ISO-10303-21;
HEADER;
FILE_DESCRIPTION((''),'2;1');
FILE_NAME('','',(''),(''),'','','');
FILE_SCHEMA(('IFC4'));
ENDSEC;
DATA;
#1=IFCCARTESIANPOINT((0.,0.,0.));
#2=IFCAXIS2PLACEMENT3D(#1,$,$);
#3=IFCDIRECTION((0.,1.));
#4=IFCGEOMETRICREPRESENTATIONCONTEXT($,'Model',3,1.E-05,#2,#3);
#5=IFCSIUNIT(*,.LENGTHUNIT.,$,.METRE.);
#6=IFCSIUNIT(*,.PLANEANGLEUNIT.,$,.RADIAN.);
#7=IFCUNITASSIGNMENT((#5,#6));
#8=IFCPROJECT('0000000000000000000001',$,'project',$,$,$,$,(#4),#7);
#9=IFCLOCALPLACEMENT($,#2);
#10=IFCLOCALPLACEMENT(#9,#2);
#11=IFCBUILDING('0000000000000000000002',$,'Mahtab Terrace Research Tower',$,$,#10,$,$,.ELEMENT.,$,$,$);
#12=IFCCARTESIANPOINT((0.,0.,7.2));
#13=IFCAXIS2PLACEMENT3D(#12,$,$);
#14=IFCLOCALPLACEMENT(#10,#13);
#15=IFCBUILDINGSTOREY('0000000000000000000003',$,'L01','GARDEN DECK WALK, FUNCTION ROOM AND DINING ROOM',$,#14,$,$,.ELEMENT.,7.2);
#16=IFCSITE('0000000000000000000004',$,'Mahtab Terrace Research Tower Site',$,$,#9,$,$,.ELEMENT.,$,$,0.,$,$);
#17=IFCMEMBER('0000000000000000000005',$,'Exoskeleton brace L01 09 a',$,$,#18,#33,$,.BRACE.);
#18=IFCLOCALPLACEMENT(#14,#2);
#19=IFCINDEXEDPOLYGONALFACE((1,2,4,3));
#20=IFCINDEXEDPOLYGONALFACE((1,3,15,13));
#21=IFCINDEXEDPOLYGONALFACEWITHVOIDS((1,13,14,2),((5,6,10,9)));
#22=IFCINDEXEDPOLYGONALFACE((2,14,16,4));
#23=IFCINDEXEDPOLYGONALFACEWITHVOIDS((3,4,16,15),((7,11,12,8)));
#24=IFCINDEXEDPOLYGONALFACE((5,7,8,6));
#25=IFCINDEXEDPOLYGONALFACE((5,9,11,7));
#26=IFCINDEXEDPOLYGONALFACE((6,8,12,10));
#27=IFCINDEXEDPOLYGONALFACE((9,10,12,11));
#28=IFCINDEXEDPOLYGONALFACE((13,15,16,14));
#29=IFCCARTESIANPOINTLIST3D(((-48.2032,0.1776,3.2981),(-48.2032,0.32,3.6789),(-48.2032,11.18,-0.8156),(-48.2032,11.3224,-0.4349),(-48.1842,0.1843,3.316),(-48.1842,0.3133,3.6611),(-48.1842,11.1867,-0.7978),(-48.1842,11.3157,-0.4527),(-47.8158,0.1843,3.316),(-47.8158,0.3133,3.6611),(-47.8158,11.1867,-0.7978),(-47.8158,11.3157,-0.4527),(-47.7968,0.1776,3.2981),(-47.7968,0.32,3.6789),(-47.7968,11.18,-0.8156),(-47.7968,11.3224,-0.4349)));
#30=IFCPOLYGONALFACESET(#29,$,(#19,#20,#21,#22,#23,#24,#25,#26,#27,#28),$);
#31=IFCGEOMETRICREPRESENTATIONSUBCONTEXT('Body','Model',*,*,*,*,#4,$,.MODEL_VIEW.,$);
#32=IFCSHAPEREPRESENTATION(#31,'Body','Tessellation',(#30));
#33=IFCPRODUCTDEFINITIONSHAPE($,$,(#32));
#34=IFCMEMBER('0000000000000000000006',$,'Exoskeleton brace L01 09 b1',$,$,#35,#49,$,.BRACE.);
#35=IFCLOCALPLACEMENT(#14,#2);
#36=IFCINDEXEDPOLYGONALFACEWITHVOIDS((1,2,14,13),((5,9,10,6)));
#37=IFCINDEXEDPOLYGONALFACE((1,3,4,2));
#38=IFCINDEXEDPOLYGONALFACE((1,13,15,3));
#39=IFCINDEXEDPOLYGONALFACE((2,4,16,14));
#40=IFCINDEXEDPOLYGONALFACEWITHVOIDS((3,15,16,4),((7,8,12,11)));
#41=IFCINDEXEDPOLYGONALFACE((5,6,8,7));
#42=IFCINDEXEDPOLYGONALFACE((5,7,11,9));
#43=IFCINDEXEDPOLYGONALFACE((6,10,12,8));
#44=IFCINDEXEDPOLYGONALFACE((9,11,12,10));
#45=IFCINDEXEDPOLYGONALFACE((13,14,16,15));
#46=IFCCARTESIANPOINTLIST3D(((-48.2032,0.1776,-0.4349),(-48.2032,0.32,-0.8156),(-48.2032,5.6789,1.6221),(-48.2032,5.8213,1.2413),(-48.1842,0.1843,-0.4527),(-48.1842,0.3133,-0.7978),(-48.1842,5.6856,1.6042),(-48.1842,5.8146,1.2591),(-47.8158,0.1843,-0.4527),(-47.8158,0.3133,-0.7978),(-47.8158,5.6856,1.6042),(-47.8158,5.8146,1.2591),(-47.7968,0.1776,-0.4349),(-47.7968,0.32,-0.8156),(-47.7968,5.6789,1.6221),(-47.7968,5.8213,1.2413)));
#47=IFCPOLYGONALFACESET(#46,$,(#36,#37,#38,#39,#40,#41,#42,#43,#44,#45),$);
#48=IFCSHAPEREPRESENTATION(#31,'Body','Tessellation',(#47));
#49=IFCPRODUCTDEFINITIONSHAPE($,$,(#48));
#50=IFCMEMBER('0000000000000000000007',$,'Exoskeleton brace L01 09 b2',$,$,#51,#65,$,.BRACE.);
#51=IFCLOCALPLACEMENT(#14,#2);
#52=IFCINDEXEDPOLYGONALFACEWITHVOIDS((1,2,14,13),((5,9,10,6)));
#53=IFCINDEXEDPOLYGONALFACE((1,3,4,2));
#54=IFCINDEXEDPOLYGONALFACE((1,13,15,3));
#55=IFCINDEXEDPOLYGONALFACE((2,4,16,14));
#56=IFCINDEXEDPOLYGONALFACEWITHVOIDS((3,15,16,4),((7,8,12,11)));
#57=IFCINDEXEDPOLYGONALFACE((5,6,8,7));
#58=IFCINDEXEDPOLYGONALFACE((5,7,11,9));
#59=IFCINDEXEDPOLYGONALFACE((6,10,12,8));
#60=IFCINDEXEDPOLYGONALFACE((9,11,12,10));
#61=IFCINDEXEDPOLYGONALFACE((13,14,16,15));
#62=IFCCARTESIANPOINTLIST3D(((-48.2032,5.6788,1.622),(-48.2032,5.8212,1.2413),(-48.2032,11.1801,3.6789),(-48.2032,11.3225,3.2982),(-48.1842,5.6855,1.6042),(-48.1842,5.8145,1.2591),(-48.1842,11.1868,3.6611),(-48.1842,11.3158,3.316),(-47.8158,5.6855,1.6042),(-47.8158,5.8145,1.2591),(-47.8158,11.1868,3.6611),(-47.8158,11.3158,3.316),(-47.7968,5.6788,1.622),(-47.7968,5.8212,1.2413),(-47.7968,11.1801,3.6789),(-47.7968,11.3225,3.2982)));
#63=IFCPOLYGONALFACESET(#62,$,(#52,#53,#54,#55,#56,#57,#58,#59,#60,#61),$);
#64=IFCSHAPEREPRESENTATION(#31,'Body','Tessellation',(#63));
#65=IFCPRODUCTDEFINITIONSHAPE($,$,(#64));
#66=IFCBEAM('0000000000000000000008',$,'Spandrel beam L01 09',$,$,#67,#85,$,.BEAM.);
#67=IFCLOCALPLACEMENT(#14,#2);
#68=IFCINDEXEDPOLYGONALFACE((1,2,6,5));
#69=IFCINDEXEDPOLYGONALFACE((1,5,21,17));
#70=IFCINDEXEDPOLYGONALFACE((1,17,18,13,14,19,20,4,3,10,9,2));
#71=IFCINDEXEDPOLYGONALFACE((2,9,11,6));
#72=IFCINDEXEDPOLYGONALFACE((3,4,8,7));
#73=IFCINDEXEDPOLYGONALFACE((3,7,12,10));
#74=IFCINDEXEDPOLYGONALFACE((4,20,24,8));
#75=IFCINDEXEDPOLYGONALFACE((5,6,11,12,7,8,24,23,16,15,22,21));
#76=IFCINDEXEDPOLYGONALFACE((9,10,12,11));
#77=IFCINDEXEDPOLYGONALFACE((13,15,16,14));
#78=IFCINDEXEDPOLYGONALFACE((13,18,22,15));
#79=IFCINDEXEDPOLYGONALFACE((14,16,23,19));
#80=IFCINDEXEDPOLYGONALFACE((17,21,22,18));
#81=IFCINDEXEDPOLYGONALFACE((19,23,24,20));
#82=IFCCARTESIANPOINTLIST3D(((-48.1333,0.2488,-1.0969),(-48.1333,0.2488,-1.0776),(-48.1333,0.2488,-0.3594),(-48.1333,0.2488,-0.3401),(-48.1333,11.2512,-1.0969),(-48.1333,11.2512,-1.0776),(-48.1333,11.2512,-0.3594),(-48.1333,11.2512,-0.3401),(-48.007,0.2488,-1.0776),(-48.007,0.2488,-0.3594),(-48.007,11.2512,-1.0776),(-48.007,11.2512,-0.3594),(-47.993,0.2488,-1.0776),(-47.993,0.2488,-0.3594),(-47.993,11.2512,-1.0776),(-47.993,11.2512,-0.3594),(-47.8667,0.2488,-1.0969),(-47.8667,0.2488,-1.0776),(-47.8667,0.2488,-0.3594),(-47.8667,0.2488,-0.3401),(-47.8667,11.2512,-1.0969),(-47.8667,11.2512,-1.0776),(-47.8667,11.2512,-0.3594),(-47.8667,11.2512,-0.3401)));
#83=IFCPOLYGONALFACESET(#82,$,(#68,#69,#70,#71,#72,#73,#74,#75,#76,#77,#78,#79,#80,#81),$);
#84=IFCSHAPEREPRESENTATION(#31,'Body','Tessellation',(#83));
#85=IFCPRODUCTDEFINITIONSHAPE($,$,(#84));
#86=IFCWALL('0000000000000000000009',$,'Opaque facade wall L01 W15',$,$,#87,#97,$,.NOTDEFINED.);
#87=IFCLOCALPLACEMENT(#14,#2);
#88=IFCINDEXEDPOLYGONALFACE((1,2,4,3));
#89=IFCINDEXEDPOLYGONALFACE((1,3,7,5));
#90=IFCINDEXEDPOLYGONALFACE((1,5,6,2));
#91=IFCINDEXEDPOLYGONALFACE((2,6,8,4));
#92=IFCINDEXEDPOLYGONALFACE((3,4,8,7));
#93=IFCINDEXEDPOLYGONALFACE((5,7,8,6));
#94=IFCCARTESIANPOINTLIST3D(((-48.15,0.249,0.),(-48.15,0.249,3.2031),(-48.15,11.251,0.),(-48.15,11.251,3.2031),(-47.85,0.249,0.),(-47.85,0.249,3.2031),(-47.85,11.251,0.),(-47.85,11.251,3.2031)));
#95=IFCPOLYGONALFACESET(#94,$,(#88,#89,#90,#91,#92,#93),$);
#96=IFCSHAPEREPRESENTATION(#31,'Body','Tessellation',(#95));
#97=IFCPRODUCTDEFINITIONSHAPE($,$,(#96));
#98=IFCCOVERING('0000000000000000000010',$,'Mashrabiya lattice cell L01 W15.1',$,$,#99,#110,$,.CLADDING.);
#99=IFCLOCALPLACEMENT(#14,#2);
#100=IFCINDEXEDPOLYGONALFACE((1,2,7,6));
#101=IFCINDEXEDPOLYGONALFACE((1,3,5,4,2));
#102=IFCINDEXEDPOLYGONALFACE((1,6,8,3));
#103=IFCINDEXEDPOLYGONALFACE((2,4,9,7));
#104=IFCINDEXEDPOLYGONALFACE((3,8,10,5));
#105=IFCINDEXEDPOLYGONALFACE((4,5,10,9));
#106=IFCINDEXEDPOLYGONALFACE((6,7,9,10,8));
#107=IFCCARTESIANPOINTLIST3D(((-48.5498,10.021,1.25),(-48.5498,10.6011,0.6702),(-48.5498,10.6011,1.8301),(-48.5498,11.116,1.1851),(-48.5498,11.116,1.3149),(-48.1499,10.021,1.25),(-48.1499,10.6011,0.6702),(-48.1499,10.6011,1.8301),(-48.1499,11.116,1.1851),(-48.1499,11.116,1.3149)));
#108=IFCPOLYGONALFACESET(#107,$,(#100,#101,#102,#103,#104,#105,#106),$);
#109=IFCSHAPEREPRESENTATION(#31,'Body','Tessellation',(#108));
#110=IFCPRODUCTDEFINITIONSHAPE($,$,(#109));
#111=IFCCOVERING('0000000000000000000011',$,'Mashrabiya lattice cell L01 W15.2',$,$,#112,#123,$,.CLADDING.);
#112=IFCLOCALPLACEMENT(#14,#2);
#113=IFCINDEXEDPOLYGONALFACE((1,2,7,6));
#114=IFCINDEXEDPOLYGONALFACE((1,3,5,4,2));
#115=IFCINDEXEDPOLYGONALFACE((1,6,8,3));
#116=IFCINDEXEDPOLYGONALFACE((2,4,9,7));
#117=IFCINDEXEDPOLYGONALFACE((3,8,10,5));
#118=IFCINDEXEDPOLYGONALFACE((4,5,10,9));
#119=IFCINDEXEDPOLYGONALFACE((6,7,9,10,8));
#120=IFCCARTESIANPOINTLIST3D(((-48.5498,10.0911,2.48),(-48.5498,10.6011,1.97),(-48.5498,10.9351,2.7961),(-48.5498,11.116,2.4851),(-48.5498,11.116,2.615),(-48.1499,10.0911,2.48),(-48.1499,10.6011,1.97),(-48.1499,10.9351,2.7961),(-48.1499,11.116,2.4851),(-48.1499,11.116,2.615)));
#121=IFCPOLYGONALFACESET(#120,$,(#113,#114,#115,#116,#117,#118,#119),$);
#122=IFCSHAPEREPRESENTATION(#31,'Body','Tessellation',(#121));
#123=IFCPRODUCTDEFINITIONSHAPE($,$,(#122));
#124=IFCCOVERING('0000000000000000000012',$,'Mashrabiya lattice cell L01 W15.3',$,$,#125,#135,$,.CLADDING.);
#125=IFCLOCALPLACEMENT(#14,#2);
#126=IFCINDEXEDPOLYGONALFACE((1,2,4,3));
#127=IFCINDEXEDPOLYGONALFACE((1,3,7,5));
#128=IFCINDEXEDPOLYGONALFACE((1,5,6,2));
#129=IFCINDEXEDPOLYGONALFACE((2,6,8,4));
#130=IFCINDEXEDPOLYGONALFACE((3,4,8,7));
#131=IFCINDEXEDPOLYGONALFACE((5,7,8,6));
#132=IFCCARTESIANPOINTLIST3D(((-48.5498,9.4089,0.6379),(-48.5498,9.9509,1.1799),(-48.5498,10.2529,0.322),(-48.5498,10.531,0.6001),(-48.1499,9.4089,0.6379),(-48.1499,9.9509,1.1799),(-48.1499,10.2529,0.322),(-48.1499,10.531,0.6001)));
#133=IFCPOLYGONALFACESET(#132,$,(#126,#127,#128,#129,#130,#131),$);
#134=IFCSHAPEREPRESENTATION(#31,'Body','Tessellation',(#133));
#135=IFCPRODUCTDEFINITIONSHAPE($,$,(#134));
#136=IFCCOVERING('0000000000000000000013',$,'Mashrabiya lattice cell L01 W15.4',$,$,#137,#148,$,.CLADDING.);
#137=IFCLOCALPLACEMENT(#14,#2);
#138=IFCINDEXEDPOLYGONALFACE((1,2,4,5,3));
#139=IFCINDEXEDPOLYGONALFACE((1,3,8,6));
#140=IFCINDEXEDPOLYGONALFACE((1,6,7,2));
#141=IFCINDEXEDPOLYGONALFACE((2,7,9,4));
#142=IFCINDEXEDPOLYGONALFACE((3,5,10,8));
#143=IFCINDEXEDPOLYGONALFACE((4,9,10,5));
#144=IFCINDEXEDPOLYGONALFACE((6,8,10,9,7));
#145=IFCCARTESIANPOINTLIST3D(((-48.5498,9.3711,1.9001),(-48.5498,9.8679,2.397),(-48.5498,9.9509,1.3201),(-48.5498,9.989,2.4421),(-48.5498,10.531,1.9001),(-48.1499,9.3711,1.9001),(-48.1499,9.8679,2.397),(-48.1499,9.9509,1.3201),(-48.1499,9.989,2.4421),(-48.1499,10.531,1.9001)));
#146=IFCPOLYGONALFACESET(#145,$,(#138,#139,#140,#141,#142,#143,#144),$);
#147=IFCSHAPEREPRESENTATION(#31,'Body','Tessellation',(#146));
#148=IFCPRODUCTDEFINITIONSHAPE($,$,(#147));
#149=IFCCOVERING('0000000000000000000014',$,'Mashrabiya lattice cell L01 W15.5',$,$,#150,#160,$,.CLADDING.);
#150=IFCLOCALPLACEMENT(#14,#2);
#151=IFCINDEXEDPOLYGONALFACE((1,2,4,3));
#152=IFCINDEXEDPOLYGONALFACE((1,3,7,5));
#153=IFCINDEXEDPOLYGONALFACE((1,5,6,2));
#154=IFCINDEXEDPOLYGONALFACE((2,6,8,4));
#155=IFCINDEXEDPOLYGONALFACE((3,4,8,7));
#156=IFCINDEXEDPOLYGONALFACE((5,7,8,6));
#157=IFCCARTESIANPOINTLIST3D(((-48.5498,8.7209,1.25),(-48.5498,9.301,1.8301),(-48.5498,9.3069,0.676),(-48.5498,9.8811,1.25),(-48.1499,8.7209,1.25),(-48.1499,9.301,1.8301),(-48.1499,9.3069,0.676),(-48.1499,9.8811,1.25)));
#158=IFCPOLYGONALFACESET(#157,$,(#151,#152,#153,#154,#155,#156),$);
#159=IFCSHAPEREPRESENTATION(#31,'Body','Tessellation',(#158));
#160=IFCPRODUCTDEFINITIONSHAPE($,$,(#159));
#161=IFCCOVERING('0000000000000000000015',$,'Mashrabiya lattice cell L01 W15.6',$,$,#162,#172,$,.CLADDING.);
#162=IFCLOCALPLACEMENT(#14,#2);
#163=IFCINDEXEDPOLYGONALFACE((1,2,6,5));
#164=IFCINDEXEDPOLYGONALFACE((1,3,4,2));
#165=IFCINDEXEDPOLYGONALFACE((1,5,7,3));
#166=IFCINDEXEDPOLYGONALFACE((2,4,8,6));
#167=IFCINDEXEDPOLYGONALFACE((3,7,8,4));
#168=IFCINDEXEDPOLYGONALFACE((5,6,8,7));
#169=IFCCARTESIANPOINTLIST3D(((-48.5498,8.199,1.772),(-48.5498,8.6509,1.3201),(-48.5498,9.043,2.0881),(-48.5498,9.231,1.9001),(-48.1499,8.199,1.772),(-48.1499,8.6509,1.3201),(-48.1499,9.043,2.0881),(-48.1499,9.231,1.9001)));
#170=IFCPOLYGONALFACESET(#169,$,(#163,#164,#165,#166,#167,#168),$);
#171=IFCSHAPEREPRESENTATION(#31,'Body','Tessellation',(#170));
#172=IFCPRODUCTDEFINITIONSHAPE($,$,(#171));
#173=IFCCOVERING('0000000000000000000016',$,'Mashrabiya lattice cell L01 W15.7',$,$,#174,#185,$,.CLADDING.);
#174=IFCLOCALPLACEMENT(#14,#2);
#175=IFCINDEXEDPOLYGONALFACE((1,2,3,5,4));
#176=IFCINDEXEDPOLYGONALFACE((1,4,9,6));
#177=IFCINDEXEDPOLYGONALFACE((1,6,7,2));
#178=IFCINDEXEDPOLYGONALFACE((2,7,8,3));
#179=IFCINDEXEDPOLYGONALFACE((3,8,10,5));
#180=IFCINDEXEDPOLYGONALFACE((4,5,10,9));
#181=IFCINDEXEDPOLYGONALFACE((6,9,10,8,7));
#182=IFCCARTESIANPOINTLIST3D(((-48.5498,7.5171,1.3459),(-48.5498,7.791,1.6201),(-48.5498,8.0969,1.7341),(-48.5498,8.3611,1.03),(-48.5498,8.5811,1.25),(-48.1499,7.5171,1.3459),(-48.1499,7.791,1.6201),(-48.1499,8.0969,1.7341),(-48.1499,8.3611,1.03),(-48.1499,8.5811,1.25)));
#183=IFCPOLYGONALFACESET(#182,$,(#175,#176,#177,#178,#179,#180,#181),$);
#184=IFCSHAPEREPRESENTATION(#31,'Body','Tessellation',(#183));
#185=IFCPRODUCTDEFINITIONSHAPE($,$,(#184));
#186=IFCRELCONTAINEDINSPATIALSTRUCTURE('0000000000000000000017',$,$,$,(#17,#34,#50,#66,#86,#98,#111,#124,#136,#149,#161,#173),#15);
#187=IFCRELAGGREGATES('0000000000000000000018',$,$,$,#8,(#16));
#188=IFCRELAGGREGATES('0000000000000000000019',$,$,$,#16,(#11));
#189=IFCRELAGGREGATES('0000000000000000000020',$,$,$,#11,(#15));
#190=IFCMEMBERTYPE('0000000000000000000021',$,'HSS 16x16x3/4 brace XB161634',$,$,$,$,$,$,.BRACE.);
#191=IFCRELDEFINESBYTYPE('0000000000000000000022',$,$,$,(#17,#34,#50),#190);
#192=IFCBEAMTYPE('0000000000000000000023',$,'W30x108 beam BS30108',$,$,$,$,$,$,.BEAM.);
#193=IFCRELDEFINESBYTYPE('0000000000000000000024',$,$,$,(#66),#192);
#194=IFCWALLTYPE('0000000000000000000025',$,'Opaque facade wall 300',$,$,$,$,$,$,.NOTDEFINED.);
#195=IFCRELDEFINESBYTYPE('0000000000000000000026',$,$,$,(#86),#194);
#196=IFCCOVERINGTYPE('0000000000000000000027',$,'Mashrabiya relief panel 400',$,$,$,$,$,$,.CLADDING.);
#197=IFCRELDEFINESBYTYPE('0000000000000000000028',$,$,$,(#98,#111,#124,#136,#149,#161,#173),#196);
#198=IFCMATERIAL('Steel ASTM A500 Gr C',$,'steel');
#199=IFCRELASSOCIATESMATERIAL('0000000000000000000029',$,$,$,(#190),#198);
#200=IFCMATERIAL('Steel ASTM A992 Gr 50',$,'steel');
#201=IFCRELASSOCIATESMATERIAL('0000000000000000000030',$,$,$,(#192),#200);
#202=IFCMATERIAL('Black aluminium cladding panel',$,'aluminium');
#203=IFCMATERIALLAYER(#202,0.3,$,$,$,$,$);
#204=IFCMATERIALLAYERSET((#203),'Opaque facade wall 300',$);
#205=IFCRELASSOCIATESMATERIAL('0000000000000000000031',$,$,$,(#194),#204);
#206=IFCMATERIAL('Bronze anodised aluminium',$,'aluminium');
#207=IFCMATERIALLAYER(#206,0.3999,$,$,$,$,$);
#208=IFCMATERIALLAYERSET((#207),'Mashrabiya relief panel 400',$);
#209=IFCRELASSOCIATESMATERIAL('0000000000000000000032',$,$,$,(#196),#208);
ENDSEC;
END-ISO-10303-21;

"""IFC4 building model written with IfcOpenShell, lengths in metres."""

from ifc_helpers import new_model, si_unit, direction, frame, frame_2d, origin, origin_2d, place, context, subcontext, project, spatial, polyline, rectangle, hollow_rectangle, i_section, outline, extrude, material, layer, layer_set, material_profile, profile_set, type_object, element, save


model = new_model("IFC4")

# Units and contexts
model_context = context("Model", 3, precision=1e-05, world=origin(), true_north=direction((0.0, 1.0)))
body_context = subcontext(model_context, "Body", "Model", "MODEL_VIEW")
ifc_project = project(units=[si_unit("LENGTHUNIT", "METRE"), si_unit("PLANEANGLEUNIT", "RADIAN")], contexts=[model_context])

# Site, building, storey
site_placement = place(None, origin())
site = spatial("IfcSite", under=ifc_project, at=site_placement, Name="Mahtab Terrace Research Tower Site", CompositionType="ELEMENT", RefElevation=0.0)
building_placement = place(site_placement, origin())
building = spatial("IfcBuilding", under=site, at=building_placement, Name="Mahtab Terrace Research Tower", CompositionType="ELEMENT")
storey_placement = place(building_placement, frame((0.0, 0.0, 7.2)))
storey = spatial("IfcBuildingStorey", under=building, at=storey_placement, Name="L01", Description="GARDEN DECK WALK, FUNCTION ROOM AND DINING ROOM", CompositionType="ELEMENT", Elevation=7.2)

# Members
ifc_material_1 = material(Name="Steel ASTM A500 Gr C", Category="steel")
ifc_material_profile_1 = material_profile(ifc_material_1, hollow_rectangle(XDim=0.4065, YDim=0.4065, WallThickness=0.019, at=origin_2d()), Name="HSS16X16X3/4")
ifc_profile_set_1 = profile_set([ifc_material_profile_1], Name="Steel ASTM A500 Gr C")
member_type = type_object("IfcMemberType", Name="HSS 16x16x3/4 brace XB161634", PredefinedType="BRACE", material=ifc_profile_set_1)
member_placement = place(storey_placement, frame((-48.0, 11.2512, -0.6252), z_axis=(0.0, -0.936669, 0.350217), x_axis=(1.0, 0.0, 0.0)))
element("IfcMember", 1, at=member_placement, inside=storey, type_object=member_type, Name="Exoskeleton brace L01 09 a", PredefinedType="BRACE", context=body_context, shape_type="SweptSolid", body=[
    extrude(hollow_rectangle(XDim=0.4065, YDim=0.4065, WallThickness=0.019, at=origin_2d()), origin(), (0.0, 0.0, 1.0), 11.7463),
])
for number, where, z_axis, x_axis, name in (
    (2, (-48.0, 0.2488, -0.6252), (0.0, 0.936669, 0.350217), (-1.0, 0.0, 0.0), "Exoskeleton brace L01 09 b1"),
    (3, (-48.0, 5.75, 1.4316), (0.0, 0.936669, 0.350217), (-1.0, 0.0, 0.0), "Exoskeleton brace L01 09 b2"),
):
    element("IfcMember", number, at=place(storey_placement, frame(where, z_axis=z_axis, x_axis=x_axis)), inside=storey, type_object=member_type, Name=name, PredefinedType="BRACE", context=body_context, shape_type="SweptSolid", body=[
        extrude(hollow_rectangle(XDim=0.4065, YDim=0.4065, WallThickness=0.019, at=origin_2d()), origin(), (0.0, 0.0, 1.0), 5.8733),
    ])

# Beam
ifc_material_2 = material(Name="Steel ASTM A992 Gr 50", Category="steel")
ifc_material_profile_2 = material_profile(ifc_material_2, i_section(OverallWidth=0.2666, OverallDepth=0.7568, WebThickness=0.0139, FlangeThickness=0.0193, at=origin_2d()), Name="W30X108")
ifc_profile_set_2 = profile_set([ifc_material_profile_2], Name="Steel ASTM A992 Gr 50")
beam_type = type_object("IfcBeamType", Name="W30x108 beam BS30108", PredefinedType="BEAM", material=ifc_profile_set_2)
beam_placement = place(storey_placement, frame((-48.0, 11.2512, -0.7185), z_axis=(0.0, -1.0, 0.0), x_axis=(1.0, 0.0, 0.0)))
element("IfcBeam", 4, at=beam_placement, inside=storey, type_object=beam_type, Name="Spandrel beam L01 09", PredefinedType="BEAM", context=body_context, shape_type="SweptSolid", body=[
    extrude(i_section(OverallWidth=0.2666, OverallDepth=0.7568, WebThickness=0.0139, FlangeThickness=0.0193, at=origin_2d()), origin(), (0.0, 0.0, 1.0), 11.0024),
])

# Wall
ifc_material_3 = material(Name="Black aluminium cladding panel", Category="aluminium")
ifc_layer_1 = layer(ifc_material_3, 0.3)
ifc_layer_set_1 = layer_set([ifc_layer_1], Name="Opaque facade wall 300")
wall_type = type_object("IfcWallType", Name="Opaque facade wall 300", PredefinedType="NOTDEFINED", material=ifc_layer_set_1)
wall_placement = place(storey_placement, frame((-48.0, 11.251, 0.0), z_axis=(0.0, 0.0, 1.0), x_axis=(0.0, -1.0, 0.0)))
element("IfcWall", 5, at=wall_placement, inside=storey, type_object=wall_type, Name="Opaque facade wall L01 W15", PredefinedType="NOTDEFINED", context=body_context, shape_type="SweptSolid", body=[
    extrude(rectangle(XDim=11.002, YDim=0.3, at=frame_2d((5.501, 0.0))), origin(), (0.0, 0.0, 1.0), 3.2031),
])

# Coverings
ifc_material_4 = material(Name="Bronze anodised aluminium", Category="aluminium")
ifc_layer_2 = layer(ifc_material_4, 0.3999)
ifc_layer_set_2 = layer_set([ifc_layer_2], Name="Mashrabiya relief panel 400")
covering_type_1 = type_object("IfcCoveringType", Name="Mashrabiya relief panel 400", PredefinedType="CLADDING", material=ifc_layer_set_2)
covering_1_placement = place(storey_placement, frame((-48.1499, 10.6011, 1.8301), z_axis=(1.0, 0.0, 0.0), x_axis=(0.0, -0.707107, -0.707107)))
element("IfcCovering", 6, at=covering_1_placement, inside=storey, type_object=covering_type_1, Name="Mashrabiya lattice cell L01 W15.1", PredefinedType="CLADDING", context=body_context, shape_type="SweptSolid", body=[
    extrude(outline(polyline([(0.0, 0.0), (0.8204, 0.0), (0.8202, 0.8202), (0.092, 0.8202), (0.0002, 0.7283), (0.0, 0.0)])), origin(), (0.0, 0.0, -1.0), 0.3999),
])
covering_2_placement = place(storey_placement, frame((-48.1499, 10.6011, 1.97), z_axis=(1.0, 0.0, 0.0), x_axis=(0.0, 0.706939, 0.707274)))
element("IfcCovering", 7, at=covering_2_placement, inside=storey, type_object=covering_type_1, Name="Mashrabiya lattice cell L01 W15.2", PredefinedType="CLADDING", context=body_context, shape_type="SweptSolid", body=[
    extrude(outline(polyline([(0.0, 0.0), (0.7283, 0.0), (0.8202, 0.0918), (0.8204, 0.3478), (0.0002, 0.7213), (0.0, 0.0)])), origin(), (0.0, 0.0, -1.0), 0.3999),
])
covering_3_placement = place(storey_placement, frame((-48.1499, 10.531, 0.6001), z_axis=(1.0, 0.0, 0.0), x_axis=(0.0, -0.707256, 0.706958)))
element("IfcCovering", 8, at=covering_3_placement, inside=storey, type_object=covering_type_1, Name="Mashrabiya lattice cell L01 W15.3", PredefinedType="CLADDING", context=body_context, shape_type="SweptSolid", body=[
    extrude(outline(polyline([(0.0, 0.0), (0.8202, 0.0), (0.8203, 0.7665), (0.0001, 0.3933), (0.0, 0.0)])), origin(), (0.0, 0.0, -1.0), 0.3999),
])
covering_4_placement = place(storey_placement, frame((-48.1499, 9.3711, 1.9001), z_axis=(1.0, 0.0, 0.0), x_axis=(0.0, 0.706958, -0.707256)))
element("IfcCovering", 9, at=covering_4_placement, inside=storey, type_object=covering_type_1, Name="Mashrabiya lattice cell L01 W15.4", PredefinedType="CLADDING", context=body_context, shape_type="SweptSolid", body=[
    extrude(outline(polyline([(0.0, 0.0), (0.8202, 0.0), (0.82, 0.8204), (0.0535, 0.8202), (-0.0001, 0.7026), (0.0, 0.0)])), origin(), (0.0, 0.0, -1.0), 0.3999),
])
covering_5_placement = place(storey_placement, frame((-48.1499, 9.8811, 1.25), z_axis=(1.0, 0.0, 0.0), x_axis=(0.0, -0.707107, 0.707107)))
element("IfcCovering", 10, at=covering_5_placement, inside=storey, type_object=covering_type_1, Name="Mashrabiya lattice cell L01 W15.5", PredefinedType="CLADDING", context=body_context, shape_type="SweptSolid", body=[
    extrude(outline(polyline([(0.0, 0.0), (0.8204, 0.0), (0.8204, 0.8204), (0.0002, 0.8119), (0.0, 0.0)])), origin(), (0.0, 0.0, -1.0), 0.3999),
])
covering_6_placement = place(storey_placement, frame((-48.1499, 8.6509, 1.3201), z_axis=(1.0, 0.0, 0.0), x_axis=(0.0, 0.707107, 0.707107)))
element("IfcCovering", 11, at=covering_6_placement, inside=storey, type_object=covering_type_1, Name="Mashrabiya lattice cell L01 W15.6", PredefinedType="CLADDING", context=body_context, shape_type="SweptSolid", body=[
    extrude(outline(polyline([(0.0, 0.0), (0.8204, 0.0), (0.8204, 0.2659), (0.0, 0.6391), (0.0, 0.0)])), origin(), (0.0, 0.0, -1.0), 0.3999),
])
covering_7_placement = place(storey_placement, frame((-48.1499, 8.5811, 1.25), z_axis=(1.0, 0.0, 0.0), x_axis=(0.0, -0.707107, 0.707107)))
element("IfcCovering", 12, at=covering_7_placement, inside=storey, type_object=covering_type_1, Name="Mashrabiya lattice cell L01 W15.7", PredefinedType="CLADDING", context=body_context, shape_type="SweptSolid", body=[
    extrude(outline(polyline([(0.0, 0.0), (0.6847, 0.0), (0.8204, 0.2969), (0.8202, 0.6845), (0.0, 0.3111), (0.0, 0.0)])), origin(), (0.0, 0.0, -1.0), 0.3999),
])

save(model, "model.ifc")
